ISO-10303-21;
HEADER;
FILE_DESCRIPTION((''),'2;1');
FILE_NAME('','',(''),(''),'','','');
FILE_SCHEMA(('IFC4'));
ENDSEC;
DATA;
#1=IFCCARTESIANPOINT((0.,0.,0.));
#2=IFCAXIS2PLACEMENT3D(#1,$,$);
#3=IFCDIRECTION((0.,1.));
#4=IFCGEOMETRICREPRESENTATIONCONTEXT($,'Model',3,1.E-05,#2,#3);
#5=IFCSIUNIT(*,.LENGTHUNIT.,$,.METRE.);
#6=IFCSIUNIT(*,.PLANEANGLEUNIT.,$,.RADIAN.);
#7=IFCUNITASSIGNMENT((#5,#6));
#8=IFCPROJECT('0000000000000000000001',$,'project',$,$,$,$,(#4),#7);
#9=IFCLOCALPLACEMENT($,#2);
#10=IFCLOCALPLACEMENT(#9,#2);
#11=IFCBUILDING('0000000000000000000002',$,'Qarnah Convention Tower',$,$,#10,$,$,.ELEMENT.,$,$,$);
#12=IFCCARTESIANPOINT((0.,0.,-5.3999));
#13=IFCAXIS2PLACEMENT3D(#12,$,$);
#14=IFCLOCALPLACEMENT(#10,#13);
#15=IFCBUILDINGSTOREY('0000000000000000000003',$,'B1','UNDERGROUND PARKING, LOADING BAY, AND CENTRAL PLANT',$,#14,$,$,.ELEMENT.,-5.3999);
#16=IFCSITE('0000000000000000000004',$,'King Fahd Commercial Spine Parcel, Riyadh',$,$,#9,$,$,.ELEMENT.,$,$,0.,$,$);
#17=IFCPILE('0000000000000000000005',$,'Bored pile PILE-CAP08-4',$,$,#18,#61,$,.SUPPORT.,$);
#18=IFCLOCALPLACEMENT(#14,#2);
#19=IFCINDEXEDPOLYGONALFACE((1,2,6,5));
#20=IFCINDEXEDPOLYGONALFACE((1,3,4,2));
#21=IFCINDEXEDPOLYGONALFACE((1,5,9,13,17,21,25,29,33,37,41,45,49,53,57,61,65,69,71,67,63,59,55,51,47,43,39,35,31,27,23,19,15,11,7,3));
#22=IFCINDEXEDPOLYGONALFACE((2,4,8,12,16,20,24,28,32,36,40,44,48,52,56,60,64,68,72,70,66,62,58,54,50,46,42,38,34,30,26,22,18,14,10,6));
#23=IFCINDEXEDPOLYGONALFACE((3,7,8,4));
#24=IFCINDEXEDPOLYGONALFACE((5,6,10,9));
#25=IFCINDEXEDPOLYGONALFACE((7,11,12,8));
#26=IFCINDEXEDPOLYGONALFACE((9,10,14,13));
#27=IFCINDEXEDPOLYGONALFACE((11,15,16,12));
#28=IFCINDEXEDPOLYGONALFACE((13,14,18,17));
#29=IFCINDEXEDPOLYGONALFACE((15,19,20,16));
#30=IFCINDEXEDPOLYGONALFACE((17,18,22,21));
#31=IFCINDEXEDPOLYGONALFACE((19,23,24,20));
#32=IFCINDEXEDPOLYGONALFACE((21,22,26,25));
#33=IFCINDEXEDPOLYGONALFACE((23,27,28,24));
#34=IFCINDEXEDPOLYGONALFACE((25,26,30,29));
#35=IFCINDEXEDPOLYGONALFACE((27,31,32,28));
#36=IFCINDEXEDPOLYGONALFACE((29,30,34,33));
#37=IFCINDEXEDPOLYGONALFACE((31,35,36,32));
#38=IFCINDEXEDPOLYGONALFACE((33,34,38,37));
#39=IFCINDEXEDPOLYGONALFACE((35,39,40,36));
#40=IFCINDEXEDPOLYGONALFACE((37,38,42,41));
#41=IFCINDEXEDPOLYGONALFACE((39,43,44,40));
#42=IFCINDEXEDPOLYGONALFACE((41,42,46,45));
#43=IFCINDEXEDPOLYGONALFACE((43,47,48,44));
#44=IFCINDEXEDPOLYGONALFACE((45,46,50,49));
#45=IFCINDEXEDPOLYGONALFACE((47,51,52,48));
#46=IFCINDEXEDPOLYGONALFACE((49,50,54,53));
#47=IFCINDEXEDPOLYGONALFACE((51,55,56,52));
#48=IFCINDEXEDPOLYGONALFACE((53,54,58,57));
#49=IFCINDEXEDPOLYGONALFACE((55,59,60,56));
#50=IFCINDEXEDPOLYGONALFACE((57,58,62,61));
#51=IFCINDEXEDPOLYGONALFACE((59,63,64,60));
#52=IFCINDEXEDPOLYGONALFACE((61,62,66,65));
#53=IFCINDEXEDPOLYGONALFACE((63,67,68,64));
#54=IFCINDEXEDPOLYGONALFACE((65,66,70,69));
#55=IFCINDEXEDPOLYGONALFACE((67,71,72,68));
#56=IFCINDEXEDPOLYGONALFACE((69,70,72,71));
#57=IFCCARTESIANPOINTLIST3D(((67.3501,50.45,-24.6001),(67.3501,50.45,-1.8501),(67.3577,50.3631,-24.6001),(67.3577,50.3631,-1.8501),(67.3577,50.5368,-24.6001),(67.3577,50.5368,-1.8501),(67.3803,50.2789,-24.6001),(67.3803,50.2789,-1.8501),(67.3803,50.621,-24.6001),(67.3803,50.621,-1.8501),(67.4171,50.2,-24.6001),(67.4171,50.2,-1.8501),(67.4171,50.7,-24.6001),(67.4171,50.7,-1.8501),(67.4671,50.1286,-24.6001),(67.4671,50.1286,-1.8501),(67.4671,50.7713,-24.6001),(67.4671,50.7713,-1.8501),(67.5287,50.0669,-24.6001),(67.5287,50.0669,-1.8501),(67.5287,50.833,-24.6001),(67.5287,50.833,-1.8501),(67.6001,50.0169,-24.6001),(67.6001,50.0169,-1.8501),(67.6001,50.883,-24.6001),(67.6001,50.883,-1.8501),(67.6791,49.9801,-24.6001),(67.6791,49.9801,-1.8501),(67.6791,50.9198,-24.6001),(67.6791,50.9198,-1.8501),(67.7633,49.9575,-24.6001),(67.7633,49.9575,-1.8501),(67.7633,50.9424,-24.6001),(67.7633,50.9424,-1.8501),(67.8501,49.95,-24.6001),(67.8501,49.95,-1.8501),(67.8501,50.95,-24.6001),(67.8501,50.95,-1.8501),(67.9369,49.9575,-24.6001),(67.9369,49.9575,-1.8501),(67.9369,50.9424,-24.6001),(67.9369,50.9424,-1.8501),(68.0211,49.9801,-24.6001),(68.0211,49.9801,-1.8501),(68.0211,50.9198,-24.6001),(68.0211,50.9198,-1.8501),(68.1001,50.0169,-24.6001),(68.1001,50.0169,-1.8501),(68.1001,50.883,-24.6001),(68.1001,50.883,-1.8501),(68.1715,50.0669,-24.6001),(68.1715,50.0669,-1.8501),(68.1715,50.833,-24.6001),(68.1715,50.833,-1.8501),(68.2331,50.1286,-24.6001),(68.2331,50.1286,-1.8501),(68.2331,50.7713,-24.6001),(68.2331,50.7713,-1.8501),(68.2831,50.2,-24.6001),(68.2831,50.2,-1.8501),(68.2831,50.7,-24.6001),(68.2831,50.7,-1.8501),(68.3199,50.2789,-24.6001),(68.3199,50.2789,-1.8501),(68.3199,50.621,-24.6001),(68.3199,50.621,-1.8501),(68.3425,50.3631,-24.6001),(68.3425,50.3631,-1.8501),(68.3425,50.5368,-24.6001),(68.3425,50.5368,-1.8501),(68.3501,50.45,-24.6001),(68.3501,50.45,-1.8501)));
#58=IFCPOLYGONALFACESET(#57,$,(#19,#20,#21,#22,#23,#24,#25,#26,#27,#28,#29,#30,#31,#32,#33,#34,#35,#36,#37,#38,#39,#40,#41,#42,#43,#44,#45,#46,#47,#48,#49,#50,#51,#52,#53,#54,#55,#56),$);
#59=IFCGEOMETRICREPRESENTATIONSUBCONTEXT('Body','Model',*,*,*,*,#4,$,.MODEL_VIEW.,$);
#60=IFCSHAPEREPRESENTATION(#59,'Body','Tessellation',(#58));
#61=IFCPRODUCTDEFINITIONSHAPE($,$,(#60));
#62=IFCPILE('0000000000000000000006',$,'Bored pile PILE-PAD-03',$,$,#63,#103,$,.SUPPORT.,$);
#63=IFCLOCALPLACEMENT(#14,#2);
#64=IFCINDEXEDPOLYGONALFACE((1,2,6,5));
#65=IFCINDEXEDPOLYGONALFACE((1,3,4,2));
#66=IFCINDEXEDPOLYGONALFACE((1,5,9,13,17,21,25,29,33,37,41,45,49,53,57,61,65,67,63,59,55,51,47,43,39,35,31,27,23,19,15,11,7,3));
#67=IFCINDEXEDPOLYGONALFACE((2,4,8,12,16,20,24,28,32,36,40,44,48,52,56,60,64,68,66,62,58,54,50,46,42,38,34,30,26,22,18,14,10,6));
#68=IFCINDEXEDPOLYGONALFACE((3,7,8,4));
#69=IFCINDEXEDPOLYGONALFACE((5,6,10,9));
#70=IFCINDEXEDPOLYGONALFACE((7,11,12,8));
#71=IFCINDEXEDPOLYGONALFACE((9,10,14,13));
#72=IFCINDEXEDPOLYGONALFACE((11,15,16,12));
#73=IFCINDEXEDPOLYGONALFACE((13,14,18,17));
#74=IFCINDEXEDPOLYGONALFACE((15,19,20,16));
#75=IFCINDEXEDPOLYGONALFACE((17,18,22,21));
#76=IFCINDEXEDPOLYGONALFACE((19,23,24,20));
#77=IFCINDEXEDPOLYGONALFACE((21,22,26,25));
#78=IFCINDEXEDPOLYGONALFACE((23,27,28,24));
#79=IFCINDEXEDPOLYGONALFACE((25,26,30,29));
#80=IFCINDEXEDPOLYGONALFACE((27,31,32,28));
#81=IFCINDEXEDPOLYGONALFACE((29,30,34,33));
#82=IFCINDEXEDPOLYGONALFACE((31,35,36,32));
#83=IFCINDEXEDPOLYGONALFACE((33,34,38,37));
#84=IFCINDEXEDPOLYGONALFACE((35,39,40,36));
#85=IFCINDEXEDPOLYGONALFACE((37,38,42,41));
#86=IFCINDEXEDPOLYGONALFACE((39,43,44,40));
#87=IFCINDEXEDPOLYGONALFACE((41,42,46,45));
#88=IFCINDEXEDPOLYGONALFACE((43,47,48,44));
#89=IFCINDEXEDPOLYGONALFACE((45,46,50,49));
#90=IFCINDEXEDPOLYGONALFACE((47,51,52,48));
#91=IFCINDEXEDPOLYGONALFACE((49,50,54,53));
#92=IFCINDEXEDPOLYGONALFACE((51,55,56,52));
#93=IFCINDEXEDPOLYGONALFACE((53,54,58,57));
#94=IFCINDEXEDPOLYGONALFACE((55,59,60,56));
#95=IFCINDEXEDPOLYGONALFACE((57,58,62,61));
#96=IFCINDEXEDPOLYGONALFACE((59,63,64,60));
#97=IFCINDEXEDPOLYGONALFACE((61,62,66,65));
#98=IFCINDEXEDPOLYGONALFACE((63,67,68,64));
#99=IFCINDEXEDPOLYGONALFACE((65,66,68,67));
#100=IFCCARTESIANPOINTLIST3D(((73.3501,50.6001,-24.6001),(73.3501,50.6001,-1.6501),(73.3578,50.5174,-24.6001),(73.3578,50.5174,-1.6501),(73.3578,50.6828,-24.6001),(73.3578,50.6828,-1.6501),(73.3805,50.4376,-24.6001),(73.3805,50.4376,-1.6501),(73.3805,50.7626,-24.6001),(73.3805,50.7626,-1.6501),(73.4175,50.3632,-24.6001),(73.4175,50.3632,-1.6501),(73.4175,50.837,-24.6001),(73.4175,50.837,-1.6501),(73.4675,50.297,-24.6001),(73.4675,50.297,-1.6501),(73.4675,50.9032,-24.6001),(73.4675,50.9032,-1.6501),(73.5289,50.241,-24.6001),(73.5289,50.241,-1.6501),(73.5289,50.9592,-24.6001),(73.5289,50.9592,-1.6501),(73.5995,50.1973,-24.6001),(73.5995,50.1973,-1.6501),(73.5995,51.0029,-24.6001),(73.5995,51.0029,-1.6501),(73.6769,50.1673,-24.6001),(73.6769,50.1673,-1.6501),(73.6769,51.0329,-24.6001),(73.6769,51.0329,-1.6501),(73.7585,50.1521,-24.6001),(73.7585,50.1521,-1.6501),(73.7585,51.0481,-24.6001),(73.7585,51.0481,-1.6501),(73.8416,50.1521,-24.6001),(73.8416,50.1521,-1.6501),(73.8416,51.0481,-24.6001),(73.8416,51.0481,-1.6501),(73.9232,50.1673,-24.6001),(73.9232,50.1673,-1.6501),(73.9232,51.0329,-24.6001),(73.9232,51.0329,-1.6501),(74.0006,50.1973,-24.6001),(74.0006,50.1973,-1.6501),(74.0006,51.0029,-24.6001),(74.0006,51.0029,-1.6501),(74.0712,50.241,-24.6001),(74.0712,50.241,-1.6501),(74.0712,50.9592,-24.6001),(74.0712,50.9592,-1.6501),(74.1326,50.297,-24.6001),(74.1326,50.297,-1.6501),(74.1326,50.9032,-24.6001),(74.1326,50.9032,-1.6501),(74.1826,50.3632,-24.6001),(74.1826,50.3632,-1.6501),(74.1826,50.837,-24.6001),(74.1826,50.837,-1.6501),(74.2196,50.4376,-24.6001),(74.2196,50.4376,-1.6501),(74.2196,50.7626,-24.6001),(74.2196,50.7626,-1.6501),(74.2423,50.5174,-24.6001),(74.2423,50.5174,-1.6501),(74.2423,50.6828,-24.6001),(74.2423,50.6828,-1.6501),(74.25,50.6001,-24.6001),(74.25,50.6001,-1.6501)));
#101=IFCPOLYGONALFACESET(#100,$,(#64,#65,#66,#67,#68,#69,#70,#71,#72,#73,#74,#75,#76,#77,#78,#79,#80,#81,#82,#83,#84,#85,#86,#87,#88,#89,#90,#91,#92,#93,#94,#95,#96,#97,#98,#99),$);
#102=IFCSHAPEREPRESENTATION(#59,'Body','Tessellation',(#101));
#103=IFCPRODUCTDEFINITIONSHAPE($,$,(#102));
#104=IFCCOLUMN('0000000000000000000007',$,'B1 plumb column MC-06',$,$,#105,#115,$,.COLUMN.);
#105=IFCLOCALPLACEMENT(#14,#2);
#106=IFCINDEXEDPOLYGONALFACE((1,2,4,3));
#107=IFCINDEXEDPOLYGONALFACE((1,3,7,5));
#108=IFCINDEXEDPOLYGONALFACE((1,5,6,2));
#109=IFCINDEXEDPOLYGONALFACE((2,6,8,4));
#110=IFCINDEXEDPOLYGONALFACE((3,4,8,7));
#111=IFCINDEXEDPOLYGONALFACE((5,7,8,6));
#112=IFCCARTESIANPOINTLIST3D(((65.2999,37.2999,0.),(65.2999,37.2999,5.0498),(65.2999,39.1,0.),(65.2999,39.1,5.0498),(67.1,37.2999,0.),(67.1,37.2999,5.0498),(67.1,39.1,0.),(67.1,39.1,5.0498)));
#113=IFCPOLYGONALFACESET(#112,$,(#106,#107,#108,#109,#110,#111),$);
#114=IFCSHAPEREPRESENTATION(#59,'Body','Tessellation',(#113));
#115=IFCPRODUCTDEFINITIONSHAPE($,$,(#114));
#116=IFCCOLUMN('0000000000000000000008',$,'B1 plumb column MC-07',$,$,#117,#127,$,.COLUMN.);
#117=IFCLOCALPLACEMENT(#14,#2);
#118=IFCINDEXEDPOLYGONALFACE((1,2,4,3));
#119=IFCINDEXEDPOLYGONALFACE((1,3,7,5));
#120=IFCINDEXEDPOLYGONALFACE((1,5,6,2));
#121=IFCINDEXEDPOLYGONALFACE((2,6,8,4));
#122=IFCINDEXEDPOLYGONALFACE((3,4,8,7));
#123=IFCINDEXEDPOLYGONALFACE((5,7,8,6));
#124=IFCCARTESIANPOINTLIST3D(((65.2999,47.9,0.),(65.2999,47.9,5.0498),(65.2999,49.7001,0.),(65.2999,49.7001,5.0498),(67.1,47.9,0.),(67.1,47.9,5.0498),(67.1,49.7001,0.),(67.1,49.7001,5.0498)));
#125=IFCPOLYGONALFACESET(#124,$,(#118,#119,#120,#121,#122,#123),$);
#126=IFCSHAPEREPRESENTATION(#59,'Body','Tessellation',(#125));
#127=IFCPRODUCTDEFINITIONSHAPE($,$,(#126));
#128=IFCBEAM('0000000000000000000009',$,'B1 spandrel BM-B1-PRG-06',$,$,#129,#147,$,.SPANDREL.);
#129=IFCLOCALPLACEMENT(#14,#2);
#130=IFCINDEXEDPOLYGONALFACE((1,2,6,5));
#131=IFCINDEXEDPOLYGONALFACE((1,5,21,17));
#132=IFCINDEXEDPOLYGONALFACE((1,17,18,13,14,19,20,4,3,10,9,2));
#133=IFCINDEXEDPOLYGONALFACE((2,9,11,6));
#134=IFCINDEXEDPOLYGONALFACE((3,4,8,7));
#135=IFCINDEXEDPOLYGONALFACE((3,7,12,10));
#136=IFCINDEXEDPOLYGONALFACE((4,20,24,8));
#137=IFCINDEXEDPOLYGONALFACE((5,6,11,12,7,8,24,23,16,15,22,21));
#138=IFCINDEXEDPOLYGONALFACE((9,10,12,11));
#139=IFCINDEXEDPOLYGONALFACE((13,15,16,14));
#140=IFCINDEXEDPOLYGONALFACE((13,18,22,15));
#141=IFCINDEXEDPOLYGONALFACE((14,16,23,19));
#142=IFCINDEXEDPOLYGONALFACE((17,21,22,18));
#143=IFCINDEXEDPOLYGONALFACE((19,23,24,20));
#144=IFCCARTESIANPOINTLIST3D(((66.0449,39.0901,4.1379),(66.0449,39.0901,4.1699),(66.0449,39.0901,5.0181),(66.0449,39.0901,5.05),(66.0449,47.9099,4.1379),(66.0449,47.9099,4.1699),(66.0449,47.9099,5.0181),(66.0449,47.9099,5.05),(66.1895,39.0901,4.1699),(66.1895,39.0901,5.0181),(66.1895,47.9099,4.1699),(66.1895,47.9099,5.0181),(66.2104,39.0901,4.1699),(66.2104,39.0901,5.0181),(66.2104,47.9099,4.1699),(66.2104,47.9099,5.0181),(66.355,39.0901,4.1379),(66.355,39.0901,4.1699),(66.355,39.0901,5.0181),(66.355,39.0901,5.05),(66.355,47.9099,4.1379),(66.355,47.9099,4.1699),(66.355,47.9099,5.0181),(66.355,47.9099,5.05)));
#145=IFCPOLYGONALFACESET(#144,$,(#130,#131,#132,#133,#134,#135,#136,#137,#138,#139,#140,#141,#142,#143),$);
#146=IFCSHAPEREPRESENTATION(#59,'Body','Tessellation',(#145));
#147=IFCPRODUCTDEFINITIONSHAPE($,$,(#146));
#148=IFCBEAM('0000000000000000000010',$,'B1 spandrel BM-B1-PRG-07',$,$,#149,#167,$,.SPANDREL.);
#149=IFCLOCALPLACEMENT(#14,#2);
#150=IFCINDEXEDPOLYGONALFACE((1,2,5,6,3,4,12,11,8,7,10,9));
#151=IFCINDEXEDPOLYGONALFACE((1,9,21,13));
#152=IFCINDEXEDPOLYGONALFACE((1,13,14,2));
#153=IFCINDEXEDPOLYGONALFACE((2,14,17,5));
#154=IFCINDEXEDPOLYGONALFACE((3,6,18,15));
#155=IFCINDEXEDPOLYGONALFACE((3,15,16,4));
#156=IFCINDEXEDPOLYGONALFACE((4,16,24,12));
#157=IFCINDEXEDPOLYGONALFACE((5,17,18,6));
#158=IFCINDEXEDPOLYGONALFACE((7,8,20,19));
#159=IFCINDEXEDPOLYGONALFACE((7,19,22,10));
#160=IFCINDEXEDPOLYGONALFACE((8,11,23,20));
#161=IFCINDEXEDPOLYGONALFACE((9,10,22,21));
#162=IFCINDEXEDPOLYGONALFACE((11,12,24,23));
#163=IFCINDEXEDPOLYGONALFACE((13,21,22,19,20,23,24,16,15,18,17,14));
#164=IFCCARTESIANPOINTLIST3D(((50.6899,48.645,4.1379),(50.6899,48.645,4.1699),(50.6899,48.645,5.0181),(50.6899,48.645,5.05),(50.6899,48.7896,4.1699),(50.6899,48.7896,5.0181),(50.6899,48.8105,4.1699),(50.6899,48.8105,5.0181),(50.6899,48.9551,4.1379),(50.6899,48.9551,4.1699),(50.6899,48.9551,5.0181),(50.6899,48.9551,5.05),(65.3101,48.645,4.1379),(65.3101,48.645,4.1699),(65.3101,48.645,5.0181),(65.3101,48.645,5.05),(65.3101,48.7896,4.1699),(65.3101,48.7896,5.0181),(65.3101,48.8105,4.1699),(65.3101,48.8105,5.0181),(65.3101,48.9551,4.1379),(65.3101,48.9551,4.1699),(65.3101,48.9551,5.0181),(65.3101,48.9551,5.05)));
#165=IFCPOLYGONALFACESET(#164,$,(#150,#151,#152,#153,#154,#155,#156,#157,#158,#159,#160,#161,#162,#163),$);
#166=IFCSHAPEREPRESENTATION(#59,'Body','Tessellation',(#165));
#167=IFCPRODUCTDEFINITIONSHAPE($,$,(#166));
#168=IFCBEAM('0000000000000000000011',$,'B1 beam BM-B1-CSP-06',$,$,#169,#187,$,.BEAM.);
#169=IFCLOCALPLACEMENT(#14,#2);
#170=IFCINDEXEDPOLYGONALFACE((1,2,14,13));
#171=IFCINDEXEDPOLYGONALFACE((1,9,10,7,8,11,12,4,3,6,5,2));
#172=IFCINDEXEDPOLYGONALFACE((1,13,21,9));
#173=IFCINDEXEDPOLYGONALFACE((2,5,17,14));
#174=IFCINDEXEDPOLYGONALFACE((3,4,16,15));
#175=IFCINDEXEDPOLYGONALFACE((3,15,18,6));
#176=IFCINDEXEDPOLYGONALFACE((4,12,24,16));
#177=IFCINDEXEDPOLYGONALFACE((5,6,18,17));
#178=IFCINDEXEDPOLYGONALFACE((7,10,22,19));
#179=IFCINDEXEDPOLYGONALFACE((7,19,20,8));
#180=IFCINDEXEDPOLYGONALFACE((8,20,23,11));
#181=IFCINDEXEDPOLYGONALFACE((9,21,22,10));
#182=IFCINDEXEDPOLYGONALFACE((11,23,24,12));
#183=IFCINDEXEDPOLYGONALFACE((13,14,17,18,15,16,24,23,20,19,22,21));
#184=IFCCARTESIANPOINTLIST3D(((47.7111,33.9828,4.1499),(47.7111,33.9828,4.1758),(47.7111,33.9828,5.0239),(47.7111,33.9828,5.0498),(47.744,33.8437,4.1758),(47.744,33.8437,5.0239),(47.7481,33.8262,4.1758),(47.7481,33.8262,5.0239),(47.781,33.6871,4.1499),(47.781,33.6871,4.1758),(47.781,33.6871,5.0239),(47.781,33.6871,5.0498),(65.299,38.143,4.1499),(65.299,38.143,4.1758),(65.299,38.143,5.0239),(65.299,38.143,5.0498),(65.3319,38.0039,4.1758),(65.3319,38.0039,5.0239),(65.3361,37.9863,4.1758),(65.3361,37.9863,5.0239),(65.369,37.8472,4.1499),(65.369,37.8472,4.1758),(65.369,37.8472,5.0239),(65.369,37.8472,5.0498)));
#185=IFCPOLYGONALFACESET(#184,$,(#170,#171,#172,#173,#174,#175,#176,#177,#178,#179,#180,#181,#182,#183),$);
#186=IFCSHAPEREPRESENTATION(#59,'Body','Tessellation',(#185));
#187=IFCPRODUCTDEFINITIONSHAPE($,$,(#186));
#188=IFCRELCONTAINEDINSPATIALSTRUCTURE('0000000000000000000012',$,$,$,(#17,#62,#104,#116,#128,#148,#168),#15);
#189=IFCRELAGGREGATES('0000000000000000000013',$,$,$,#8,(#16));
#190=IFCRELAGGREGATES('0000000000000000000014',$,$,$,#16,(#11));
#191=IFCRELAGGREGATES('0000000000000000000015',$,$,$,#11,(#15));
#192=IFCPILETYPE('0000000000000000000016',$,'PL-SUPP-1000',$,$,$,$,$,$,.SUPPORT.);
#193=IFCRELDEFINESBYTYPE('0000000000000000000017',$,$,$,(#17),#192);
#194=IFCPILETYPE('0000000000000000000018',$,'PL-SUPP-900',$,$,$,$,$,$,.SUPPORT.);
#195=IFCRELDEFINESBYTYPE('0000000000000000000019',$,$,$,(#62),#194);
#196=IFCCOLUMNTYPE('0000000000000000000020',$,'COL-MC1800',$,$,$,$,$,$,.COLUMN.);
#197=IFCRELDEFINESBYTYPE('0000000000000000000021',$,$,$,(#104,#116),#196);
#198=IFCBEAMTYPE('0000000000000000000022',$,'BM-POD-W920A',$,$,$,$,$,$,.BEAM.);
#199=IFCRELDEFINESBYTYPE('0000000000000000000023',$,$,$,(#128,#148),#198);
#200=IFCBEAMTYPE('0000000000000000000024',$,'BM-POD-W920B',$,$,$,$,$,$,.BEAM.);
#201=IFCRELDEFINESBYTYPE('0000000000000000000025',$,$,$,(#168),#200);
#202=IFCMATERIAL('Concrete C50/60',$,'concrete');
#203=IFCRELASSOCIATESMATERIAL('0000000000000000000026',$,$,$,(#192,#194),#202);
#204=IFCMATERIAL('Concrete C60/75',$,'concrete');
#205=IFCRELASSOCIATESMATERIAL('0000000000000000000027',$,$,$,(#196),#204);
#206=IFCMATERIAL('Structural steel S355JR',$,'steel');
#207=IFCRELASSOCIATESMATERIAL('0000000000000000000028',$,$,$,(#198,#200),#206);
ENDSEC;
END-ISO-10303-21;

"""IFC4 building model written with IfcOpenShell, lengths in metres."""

from ifc_helpers import new_model, si_unit, direction, frame, origin, origin_2d, place, context, subcontext, project, spatial, rectangle, circle, i_section, extrude, material, material_profile, profile_set, type_object, element, save


model = new_model("IFC4")

# Units and contexts
model_context = context("Model", 3, precision=1e-05, world=origin(), true_north=direction((0.0, 1.0)))
body_context = subcontext(model_context, "Body", "Model", "MODEL_VIEW")
ifc_project = project(units=[si_unit("LENGTHUNIT", "METRE"), si_unit("PLANEANGLEUNIT", "RADIAN")], contexts=[model_context])

# Site, building, storey
site_placement = place(None, origin())
site = spatial("IfcSite", under=ifc_project, at=site_placement, Name="King Fahd Commercial Spine Parcel, Riyadh", CompositionType="ELEMENT", RefElevation=0.0)
building_placement = place(site_placement, origin())
building = spatial("IfcBuilding", under=site, at=building_placement, Name="Qarnah Convention Tower", CompositionType="ELEMENT")
storey_placement = place(building_placement, frame((0.0, 0.0, -5.3999)))
storey = spatial("IfcBuildingStorey", under=building, at=storey_placement, Name="B1", Description="UNDERGROUND PARKING, LOADING BAY, AND CENTRAL PLANT", CompositionType="ELEMENT", Elevation=-5.3999)

# Shared definitions
ifc_material_1 = material(Name="Concrete C50/60", Category="concrete")

# Piles
ifc_material_profile_1 = material_profile(ifc_material_1, circle(Radius=0.5, at=origin_2d()), Name="PILE-D1000")
ifc_profile_set_1 = profile_set([ifc_material_profile_1], Name="Concrete C50/60")
pile_type_1 = type_object("IfcPileType", Name="PL-SUPP-1000", PredefinedType="SUPPORT", material=ifc_profile_set_1)
for number, where, z_axis, x_axis, name in (
    (1, (67.8501, 50.45, -1.8501), (0.0, 0.0, -1.0), (1.0, 0.0, 0.0), "Bored pile PILE-CAP08-4"),
):
    element("IfcPile", number, at=place(storey_placement, frame(where, z_axis=z_axis, x_axis=x_axis)), inside=storey, type_object=pile_type_1, Name=name, PredefinedType="SUPPORT", context=body_context, shape_type="SweptSolid", body=[
        extrude(circle(Radius=0.5, at=origin_2d()), origin(), (0.0, 0.0, 1.0), 22.75),
    ])
ifc_material_profile_2 = material_profile(ifc_material_1, circle(Radius=0.45, at=origin_2d()), Name="PILE-D900")
ifc_profile_set_2 = profile_set([ifc_material_profile_2], Name="Concrete C50/60")
pile_type_2 = type_object("IfcPileType", Name="PL-SUPP-900", PredefinedType="SUPPORT", material=ifc_profile_set_2)
pile_placement = place(storey_placement, frame((73.8, 50.6001, -1.6501), z_axis=(0.0, 0.0, -1.0), x_axis=(1.0, 0.0, 0.0)))
element("IfcPile", 2, at=pile_placement, inside=storey, type_object=pile_type_2, Name="Bored pile PILE-PAD-03", PredefinedType="SUPPORT", context=body_context, shape_type="SweptSolid", body=[
    extrude(circle(Radius=0.45, at=origin_2d()), origin(), (0.0, 0.0, 1.0), 22.95),
])

# Columns
ifc_material_2 = material(Name="Concrete C60/75", Category="concrete")
ifc_material_profile_3 = material_profile(ifc_material_2, rectangle(XDim=1.8, YDim=1.8, at=origin_2d()), Name="RC-COL-1800X1800")
ifc_profile_set_3 = profile_set([ifc_material_profile_3], Name="Concrete C60/75")
column_type = type_object("IfcColumnType", Name="COL-MC1800", PredefinedType="COLUMN", material=ifc_profile_set_3)
for number, where, z_axis, x_axis, name in (
    (3, (66.2, 38.2, 0.0), (0.0, 0.0, 1.0), (1.0, 0.0, 0.0), "B1 plumb column MC-06"),
    (4, (66.2, 48.8, 0.0), (0.0, 0.0, 1.0), (1.0, 0.0, 0.0), "B1 plumb column MC-07"),
):
    element("IfcColumn", number, at=place(storey_placement, frame(where, z_axis=z_axis, x_axis=x_axis)), inside=storey, type_object=column_type, Name=name, PredefinedType="COLUMN", context=body_context, shape_type="SweptSolid", body=[
        extrude(rectangle(XDim=1.8, YDim=1.8, at=origin_2d()), origin(), (0.0, 0.0, 1.0), 5.0498),
    ])

# Beams
ifc_material_3 = material(Name="Structural steel S355JR", Category="steel")
ifc_material_profile_4 = material_profile(ifc_material_3, i_section(OverallWidth=0.3101, OverallDepth=0.9121, WebThickness=0.021, FlangeThickness=0.032, at=origin_2d()), Name="W920X342")
ifc_profile_set_4 = profile_set([ifc_material_profile_4], Name="Structural steel S355JR")
beam_type_1 = type_object("IfcBeamType", Name="BM-POD-W920A", PredefinedType="BEAM", material=ifc_profile_set_4)
beam_1_placement = place(storey_placement, frame((66.2, 39.0901, 4.594), z_axis=(0.0, 1.0, 0.0), x_axis=(-1.0, 0.0, 0.0)))
element("IfcBeam", 5, at=beam_1_placement, inside=storey, type_object=beam_type_1, Name="B1 spandrel BM-B1-PRG-06", PredefinedType="SPANDREL", context=body_context, shape_type="SweptSolid", body=[
    extrude(i_section(OverallWidth=0.3101, OverallDepth=0.9121, WebThickness=0.021, FlangeThickness=0.032, at=origin_2d()), origin(), (0.0, 0.0, 1.0), 8.8198),
])
beam_2_placement = place(storey_placement, frame((65.3101, 48.8, 4.594), z_axis=(-1.0, 0.0, 0.0), x_axis=(0.0, -1.0, 0.0)))
element("IfcBeam", 6, at=beam_2_placement, inside=storey, type_object=beam_type_1, Name="B1 spandrel BM-B1-PRG-07", PredefinedType="SPANDREL", context=body_context, shape_type="SweptSolid", body=[
    extrude(i_section(OverallWidth=0.3101, OverallDepth=0.9121, WebThickness=0.021, FlangeThickness=0.032, at=origin_2d()), origin(), (0.0, 0.0, 1.0), 14.6201),
])
ifc_material_profile_5 = material_profile(ifc_material_3, i_section(OverallWidth=0.304, OverallDepth=0.8999, WebThickness=0.0181, FlangeThickness=0.0259, at=origin_2d()), Name="W920X271")
ifc_profile_set_5 = profile_set([ifc_material_profile_5], Name="Structural steel S355JR")
beam_type_2 = type_object("IfcBeamType", Name="BM-POD-W920B", PredefinedType="BEAM", material=ifc_profile_set_5)
beam_3_placement = place(storey_placement, frame((65.334, 37.9951, 4.5999), z_axis=(-0.973147, -0.230184, 0.0), x_axis=(0.230184, -0.973147, 0.0)))
element("IfcBeam", 7, at=beam_3_placement, inside=storey, type_object=beam_type_2, Name="B1 beam BM-B1-CSP-06", PredefinedType="BEAM", context=body_context, shape_type="SweptSolid", body=[
    extrude(i_section(OverallWidth=0.304, OverallDepth=0.8999, WebThickness=0.0181, FlangeThickness=0.0259, at=origin_2d()), origin(), (0.0, 0.0, 1.0), 18.0732),
])

save(model, "model.ifc")
